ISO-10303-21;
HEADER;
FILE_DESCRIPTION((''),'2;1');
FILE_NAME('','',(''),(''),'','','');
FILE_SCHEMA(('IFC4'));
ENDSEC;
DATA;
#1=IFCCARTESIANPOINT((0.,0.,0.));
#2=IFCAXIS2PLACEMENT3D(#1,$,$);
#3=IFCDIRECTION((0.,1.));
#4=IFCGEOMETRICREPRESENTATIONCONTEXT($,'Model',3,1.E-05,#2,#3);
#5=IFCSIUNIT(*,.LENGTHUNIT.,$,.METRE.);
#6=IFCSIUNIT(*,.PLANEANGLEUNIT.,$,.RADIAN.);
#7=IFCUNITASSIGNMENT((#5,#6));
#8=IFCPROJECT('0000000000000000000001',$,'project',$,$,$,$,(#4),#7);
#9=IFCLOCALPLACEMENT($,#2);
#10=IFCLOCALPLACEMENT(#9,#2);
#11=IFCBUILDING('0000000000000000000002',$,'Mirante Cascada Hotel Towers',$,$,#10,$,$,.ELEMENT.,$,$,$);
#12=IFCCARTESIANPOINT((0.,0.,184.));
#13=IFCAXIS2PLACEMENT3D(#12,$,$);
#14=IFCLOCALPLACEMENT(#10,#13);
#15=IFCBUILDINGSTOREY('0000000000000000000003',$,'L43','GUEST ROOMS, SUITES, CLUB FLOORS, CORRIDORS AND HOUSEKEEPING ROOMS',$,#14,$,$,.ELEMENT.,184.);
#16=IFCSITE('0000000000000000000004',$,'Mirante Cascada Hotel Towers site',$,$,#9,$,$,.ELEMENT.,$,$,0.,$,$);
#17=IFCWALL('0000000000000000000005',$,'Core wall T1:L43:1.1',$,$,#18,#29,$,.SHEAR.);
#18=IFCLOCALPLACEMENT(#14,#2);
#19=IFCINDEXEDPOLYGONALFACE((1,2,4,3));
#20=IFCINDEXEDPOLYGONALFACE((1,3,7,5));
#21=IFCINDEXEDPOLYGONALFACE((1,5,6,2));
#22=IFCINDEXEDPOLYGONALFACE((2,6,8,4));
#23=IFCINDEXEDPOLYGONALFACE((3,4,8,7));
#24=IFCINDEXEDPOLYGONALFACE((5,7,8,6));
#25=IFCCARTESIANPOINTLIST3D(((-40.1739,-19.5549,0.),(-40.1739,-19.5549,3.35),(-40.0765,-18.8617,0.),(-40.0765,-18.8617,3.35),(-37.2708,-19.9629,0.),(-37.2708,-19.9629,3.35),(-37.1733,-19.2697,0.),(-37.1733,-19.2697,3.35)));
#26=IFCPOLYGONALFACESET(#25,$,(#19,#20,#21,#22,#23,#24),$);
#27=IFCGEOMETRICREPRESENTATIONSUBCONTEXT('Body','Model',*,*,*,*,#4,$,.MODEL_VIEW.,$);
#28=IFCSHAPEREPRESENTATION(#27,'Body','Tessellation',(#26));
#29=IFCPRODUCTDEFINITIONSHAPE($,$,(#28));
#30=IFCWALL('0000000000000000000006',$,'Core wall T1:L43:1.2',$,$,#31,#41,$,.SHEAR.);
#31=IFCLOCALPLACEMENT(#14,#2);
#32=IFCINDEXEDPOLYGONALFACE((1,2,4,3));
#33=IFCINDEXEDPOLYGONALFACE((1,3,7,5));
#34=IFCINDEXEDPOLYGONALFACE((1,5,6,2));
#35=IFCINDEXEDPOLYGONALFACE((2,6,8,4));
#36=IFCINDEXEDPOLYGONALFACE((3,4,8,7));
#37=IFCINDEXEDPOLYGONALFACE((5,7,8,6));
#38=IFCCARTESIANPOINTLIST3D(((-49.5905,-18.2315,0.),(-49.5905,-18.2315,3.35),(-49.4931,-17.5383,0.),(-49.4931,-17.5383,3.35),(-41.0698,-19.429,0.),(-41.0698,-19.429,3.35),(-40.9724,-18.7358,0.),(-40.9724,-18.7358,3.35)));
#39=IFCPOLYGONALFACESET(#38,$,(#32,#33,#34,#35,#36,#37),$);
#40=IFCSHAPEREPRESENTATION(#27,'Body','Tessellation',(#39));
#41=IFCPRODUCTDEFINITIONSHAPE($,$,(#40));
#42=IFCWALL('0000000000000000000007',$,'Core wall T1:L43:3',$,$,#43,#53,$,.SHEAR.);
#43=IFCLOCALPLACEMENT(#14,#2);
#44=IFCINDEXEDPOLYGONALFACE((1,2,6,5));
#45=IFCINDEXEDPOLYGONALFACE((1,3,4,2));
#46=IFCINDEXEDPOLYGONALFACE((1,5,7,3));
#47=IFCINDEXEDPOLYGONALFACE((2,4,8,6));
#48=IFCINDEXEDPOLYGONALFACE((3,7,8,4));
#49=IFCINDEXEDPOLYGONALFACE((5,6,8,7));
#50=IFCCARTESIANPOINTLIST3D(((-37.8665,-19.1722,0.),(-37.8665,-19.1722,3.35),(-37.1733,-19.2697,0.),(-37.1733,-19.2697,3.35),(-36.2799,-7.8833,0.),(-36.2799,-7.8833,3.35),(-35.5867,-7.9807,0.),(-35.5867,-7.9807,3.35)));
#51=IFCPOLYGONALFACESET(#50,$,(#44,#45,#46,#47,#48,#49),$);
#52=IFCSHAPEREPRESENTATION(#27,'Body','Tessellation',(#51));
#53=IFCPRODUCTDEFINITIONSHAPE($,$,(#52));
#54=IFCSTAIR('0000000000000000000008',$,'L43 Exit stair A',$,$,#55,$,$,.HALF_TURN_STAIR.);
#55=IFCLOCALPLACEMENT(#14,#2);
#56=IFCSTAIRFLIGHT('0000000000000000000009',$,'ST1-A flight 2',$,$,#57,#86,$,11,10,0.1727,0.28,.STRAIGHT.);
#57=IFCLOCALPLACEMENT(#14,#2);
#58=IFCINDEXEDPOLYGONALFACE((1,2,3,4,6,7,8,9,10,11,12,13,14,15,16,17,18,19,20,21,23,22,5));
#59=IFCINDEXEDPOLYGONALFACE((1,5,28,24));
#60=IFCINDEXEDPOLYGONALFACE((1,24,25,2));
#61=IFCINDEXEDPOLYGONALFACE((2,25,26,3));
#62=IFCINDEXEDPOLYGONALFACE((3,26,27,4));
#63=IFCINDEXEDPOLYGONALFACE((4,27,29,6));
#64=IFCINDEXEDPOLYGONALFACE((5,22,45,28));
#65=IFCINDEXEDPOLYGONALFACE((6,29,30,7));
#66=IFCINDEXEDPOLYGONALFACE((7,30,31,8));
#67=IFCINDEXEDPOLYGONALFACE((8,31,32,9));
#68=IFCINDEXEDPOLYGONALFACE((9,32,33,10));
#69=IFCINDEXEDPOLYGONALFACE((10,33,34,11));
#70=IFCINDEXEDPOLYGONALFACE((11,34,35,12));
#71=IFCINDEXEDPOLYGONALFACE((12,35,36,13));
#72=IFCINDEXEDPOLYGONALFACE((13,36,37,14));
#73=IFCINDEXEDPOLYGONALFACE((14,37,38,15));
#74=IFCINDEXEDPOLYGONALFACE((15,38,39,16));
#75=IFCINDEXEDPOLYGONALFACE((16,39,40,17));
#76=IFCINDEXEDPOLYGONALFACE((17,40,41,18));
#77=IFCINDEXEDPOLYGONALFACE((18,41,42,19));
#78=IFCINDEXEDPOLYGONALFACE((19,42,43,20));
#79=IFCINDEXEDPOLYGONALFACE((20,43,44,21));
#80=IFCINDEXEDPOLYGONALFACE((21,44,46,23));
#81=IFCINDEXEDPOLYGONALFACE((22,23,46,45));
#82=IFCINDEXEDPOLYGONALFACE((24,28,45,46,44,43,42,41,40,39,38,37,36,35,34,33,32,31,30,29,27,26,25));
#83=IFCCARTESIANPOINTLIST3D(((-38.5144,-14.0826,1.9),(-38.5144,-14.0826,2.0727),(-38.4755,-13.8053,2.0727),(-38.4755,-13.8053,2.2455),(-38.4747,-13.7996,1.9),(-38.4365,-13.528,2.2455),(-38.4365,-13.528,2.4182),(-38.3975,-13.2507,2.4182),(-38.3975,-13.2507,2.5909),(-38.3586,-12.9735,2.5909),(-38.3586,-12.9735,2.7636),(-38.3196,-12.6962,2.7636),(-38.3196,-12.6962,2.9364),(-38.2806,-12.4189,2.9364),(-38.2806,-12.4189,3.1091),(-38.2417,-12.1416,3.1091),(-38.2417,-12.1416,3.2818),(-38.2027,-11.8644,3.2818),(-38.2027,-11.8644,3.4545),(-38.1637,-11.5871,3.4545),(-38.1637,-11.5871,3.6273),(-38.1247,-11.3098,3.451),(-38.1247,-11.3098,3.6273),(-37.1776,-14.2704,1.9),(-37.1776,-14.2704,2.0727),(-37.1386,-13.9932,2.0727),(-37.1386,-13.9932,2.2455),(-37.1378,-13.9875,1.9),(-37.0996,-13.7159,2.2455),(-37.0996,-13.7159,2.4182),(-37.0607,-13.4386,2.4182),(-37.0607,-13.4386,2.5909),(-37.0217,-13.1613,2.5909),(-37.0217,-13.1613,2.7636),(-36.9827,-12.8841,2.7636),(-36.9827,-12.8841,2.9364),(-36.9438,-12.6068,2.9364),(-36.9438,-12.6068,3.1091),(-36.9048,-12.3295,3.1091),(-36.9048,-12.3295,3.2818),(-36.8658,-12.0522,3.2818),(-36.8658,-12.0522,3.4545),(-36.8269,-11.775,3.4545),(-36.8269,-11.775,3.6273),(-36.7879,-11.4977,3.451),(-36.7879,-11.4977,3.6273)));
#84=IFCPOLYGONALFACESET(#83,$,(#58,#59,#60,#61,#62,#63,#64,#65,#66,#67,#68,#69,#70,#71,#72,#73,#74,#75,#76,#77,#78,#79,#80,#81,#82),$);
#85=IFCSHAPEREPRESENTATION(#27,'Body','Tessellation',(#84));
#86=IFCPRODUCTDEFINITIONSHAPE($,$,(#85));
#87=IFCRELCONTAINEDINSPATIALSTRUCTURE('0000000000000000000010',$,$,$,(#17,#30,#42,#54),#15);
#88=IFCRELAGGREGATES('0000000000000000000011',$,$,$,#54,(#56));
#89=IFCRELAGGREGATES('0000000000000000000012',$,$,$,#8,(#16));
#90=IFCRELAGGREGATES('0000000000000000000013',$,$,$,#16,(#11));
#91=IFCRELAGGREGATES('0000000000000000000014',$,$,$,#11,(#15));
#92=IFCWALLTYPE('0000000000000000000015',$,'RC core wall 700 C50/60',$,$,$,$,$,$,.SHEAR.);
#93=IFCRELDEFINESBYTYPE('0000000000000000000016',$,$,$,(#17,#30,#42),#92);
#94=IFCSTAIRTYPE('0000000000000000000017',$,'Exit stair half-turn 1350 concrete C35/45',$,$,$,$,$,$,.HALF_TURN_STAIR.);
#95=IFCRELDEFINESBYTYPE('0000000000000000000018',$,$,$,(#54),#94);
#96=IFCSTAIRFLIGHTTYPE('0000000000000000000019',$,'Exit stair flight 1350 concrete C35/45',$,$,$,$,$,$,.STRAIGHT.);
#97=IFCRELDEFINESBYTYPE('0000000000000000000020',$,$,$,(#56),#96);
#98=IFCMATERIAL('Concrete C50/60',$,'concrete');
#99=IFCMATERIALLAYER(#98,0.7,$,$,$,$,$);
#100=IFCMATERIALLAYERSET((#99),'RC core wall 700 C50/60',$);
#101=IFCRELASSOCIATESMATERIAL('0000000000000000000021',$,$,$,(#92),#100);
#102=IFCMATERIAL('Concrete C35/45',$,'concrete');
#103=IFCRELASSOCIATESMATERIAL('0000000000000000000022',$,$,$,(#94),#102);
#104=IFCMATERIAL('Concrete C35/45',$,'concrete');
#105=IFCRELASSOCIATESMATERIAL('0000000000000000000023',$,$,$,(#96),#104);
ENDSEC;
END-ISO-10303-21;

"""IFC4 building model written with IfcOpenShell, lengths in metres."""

from ifc_helpers import new_model, si_unit, direction, frame, frame_2d, origin, place, context, subcontext, project, spatial, polyline, rectangle, outline, extrude, material, layer, layer_set, type_object, element, aggregate, save


model = new_model("IFC4")

# Units and contexts
model_context = context("Model", 3, precision=1e-05, world=origin(), true_north=direction((0.0, 1.0)))
body_context = subcontext(model_context, "Body", "Model", "MODEL_VIEW")
ifc_project = project(units=[si_unit("LENGTHUNIT", "METRE"), si_unit("PLANEANGLEUNIT", "RADIAN")], contexts=[model_context])

# Site, building, storey
site_placement = place(None, origin())
site = spatial("IfcSite", under=ifc_project, at=site_placement, Name="Mirante Cascada Hotel Towers site", CompositionType="ELEMENT", RefElevation=0.0)
building_placement = place(site_placement, origin())
building = spatial("IfcBuilding", under=site, at=building_placement, Name="Mirante Cascada Hotel Towers", CompositionType="ELEMENT")
storey_placement = place(building_placement, frame((0.0, 0.0, 184.0)))
storey = spatial("IfcBuildingStorey", under=building, at=storey_placement, Name="L43", Description="GUEST ROOMS, SUITES, CLUB FLOORS, CORRIDORS AND HOUSEKEEPING ROOMS", CompositionType="ELEMENT", Elevation=184.0)

# Walls
ifc_material_1 = material(Name="Concrete C50/60", Category="concrete")
ifc_layer_1 = layer(ifc_material_1, 0.7)
ifc_layer_set_1 = layer_set([ifc_layer_1], Name="RC core wall 700 C50/60")
wall_type_1 = type_object("IfcWallType", Name="RC core wall 700 C50/60", PredefinedType="SHEAR", material=ifc_layer_set_1)
wall_1_placement = place(storey_placement, frame((-37.222, -19.6163, 0.0), z_axis=(0.0, 0.0, 1.0), x_axis=(-0.990269, 0.139167, 0.0)))
element("IfcWall", 1, at=wall_1_placement, inside=storey, type_object=wall_type_1, Name="Core wall T1:L43:1.1", PredefinedType="SHEAR", context=body_context, shape_type="SweptSolid", body=[
    extrude(rectangle(XDim=2.9317, YDim=0.7, at=frame_2d((1.4659, 0.0))), origin(), (0.0, 0.0, 1.0), 3.35),
])
wall_2_placement = place(storey_placement, frame((-41.0211, -19.0824, 0.0), z_axis=(0.0, 0.0, 1.0), x_axis=(-0.990268, 0.139172, 0.0)))
element("IfcWall", 2, at=wall_2_placement, inside=storey, type_object=wall_type_1, Name="Core wall T1:L43:1.2", PredefinedType="SHEAR", context=body_context, shape_type="SweptSolid", body=[
    extrude(rectangle(XDim=8.6044, YDim=0.7, at=frame_2d((4.3022, 0.0))), origin(), (0.0, 0.0, 1.0), 3.35),
])
wall_3_placement = place(storey_placement, frame((-37.5199, -19.221, 0.0), z_axis=(0.0, 0.0, 1.0), x_axis=(0.139176, 0.990268, 0.0)))
element("IfcWall", 3, at=wall_3_placement, inside=storey, type_object=wall_type_1, Name="Core wall T1:L43:3", PredefinedType="SHEAR", context=body_context, shape_type="SweptSolid", body=[
    extrude(rectangle(XDim=11.3999, YDim=0.7, at=frame_2d((5.7, 0.0))), origin(), (0.0, 0.0, 1.0), 3.35),
])

# Stair, stair flight
ifc_material_2 = material(Name="Concrete C35/45", Category="concrete")
stair_type = type_object("IfcStairType", Name="Exit stair half-turn 1350 concrete C35/45", PredefinedType="HALF_TURN_STAIR", material=ifc_material_2)
stair_placement = place(storey_placement, origin())
stair = element("IfcStair", 4, at=stair_placement, inside=storey, type_object=stair_type, Name="L43 Exit stair A", PredefinedType="HALF_TURN_STAIR")
ifc_material_3 = material(Name="Concrete C35/45", Category="concrete")
stair_flight_type = type_object("IfcStairFlightType", Name="Exit stair flight 1350 concrete C35/45", PredefinedType="STRAIGHT", material=ifc_material_3)
stair_flight_placement = place(storey_placement, frame((-37.846, -14.1765, 1.9), z_axis=(0.0, 0.0, 1.0), x_axis=(0.139173, 0.990268, 0.0)))
stair_flight = element("IfcStairFlight", 5, at=stair_flight_placement, type_object=stair_flight_type, Name="ST1-A flight 2", NumberOfRisers=11, NumberOfTreads=10, PredefinedType="STRAIGHT", RiserHeight=0.1727, TreadLength=0.28, context=body_context, shape_type="SweptSolid", body=[
    extrude(outline(polyline([(0.0, 0.0), (0.0, 0.1727), (0.28, 0.1727), (0.28, 0.3455), (0.56, 0.3455), (0.56, 0.5182), (0.84, 0.5182), (0.84, 0.6909), (1.12, 0.6909), (1.12, 0.8636), (1.4, 0.8636), (1.4, 1.0364), (1.68, 1.0364), (1.68, 1.2091), (1.96, 1.2091), (1.96, 1.3818), (2.24, 1.3818), (2.24, 1.5545), (2.52, 1.5545), (2.52, 1.7273), (2.8, 1.7273), (2.8, 1.9), (2.8, 1.551), (0.2857, 0.0), (0.0, 0.0)])), frame((0.0, 0.675, 0.0), z_axis=(0.0, -1.0, 0.0), x_axis=(1.0, 0.0, 0.0)), (0.0, 0.0, 1.0), 1.35),
])
aggregate(stair, [stair_flight])

save(model, "model.ifc")
